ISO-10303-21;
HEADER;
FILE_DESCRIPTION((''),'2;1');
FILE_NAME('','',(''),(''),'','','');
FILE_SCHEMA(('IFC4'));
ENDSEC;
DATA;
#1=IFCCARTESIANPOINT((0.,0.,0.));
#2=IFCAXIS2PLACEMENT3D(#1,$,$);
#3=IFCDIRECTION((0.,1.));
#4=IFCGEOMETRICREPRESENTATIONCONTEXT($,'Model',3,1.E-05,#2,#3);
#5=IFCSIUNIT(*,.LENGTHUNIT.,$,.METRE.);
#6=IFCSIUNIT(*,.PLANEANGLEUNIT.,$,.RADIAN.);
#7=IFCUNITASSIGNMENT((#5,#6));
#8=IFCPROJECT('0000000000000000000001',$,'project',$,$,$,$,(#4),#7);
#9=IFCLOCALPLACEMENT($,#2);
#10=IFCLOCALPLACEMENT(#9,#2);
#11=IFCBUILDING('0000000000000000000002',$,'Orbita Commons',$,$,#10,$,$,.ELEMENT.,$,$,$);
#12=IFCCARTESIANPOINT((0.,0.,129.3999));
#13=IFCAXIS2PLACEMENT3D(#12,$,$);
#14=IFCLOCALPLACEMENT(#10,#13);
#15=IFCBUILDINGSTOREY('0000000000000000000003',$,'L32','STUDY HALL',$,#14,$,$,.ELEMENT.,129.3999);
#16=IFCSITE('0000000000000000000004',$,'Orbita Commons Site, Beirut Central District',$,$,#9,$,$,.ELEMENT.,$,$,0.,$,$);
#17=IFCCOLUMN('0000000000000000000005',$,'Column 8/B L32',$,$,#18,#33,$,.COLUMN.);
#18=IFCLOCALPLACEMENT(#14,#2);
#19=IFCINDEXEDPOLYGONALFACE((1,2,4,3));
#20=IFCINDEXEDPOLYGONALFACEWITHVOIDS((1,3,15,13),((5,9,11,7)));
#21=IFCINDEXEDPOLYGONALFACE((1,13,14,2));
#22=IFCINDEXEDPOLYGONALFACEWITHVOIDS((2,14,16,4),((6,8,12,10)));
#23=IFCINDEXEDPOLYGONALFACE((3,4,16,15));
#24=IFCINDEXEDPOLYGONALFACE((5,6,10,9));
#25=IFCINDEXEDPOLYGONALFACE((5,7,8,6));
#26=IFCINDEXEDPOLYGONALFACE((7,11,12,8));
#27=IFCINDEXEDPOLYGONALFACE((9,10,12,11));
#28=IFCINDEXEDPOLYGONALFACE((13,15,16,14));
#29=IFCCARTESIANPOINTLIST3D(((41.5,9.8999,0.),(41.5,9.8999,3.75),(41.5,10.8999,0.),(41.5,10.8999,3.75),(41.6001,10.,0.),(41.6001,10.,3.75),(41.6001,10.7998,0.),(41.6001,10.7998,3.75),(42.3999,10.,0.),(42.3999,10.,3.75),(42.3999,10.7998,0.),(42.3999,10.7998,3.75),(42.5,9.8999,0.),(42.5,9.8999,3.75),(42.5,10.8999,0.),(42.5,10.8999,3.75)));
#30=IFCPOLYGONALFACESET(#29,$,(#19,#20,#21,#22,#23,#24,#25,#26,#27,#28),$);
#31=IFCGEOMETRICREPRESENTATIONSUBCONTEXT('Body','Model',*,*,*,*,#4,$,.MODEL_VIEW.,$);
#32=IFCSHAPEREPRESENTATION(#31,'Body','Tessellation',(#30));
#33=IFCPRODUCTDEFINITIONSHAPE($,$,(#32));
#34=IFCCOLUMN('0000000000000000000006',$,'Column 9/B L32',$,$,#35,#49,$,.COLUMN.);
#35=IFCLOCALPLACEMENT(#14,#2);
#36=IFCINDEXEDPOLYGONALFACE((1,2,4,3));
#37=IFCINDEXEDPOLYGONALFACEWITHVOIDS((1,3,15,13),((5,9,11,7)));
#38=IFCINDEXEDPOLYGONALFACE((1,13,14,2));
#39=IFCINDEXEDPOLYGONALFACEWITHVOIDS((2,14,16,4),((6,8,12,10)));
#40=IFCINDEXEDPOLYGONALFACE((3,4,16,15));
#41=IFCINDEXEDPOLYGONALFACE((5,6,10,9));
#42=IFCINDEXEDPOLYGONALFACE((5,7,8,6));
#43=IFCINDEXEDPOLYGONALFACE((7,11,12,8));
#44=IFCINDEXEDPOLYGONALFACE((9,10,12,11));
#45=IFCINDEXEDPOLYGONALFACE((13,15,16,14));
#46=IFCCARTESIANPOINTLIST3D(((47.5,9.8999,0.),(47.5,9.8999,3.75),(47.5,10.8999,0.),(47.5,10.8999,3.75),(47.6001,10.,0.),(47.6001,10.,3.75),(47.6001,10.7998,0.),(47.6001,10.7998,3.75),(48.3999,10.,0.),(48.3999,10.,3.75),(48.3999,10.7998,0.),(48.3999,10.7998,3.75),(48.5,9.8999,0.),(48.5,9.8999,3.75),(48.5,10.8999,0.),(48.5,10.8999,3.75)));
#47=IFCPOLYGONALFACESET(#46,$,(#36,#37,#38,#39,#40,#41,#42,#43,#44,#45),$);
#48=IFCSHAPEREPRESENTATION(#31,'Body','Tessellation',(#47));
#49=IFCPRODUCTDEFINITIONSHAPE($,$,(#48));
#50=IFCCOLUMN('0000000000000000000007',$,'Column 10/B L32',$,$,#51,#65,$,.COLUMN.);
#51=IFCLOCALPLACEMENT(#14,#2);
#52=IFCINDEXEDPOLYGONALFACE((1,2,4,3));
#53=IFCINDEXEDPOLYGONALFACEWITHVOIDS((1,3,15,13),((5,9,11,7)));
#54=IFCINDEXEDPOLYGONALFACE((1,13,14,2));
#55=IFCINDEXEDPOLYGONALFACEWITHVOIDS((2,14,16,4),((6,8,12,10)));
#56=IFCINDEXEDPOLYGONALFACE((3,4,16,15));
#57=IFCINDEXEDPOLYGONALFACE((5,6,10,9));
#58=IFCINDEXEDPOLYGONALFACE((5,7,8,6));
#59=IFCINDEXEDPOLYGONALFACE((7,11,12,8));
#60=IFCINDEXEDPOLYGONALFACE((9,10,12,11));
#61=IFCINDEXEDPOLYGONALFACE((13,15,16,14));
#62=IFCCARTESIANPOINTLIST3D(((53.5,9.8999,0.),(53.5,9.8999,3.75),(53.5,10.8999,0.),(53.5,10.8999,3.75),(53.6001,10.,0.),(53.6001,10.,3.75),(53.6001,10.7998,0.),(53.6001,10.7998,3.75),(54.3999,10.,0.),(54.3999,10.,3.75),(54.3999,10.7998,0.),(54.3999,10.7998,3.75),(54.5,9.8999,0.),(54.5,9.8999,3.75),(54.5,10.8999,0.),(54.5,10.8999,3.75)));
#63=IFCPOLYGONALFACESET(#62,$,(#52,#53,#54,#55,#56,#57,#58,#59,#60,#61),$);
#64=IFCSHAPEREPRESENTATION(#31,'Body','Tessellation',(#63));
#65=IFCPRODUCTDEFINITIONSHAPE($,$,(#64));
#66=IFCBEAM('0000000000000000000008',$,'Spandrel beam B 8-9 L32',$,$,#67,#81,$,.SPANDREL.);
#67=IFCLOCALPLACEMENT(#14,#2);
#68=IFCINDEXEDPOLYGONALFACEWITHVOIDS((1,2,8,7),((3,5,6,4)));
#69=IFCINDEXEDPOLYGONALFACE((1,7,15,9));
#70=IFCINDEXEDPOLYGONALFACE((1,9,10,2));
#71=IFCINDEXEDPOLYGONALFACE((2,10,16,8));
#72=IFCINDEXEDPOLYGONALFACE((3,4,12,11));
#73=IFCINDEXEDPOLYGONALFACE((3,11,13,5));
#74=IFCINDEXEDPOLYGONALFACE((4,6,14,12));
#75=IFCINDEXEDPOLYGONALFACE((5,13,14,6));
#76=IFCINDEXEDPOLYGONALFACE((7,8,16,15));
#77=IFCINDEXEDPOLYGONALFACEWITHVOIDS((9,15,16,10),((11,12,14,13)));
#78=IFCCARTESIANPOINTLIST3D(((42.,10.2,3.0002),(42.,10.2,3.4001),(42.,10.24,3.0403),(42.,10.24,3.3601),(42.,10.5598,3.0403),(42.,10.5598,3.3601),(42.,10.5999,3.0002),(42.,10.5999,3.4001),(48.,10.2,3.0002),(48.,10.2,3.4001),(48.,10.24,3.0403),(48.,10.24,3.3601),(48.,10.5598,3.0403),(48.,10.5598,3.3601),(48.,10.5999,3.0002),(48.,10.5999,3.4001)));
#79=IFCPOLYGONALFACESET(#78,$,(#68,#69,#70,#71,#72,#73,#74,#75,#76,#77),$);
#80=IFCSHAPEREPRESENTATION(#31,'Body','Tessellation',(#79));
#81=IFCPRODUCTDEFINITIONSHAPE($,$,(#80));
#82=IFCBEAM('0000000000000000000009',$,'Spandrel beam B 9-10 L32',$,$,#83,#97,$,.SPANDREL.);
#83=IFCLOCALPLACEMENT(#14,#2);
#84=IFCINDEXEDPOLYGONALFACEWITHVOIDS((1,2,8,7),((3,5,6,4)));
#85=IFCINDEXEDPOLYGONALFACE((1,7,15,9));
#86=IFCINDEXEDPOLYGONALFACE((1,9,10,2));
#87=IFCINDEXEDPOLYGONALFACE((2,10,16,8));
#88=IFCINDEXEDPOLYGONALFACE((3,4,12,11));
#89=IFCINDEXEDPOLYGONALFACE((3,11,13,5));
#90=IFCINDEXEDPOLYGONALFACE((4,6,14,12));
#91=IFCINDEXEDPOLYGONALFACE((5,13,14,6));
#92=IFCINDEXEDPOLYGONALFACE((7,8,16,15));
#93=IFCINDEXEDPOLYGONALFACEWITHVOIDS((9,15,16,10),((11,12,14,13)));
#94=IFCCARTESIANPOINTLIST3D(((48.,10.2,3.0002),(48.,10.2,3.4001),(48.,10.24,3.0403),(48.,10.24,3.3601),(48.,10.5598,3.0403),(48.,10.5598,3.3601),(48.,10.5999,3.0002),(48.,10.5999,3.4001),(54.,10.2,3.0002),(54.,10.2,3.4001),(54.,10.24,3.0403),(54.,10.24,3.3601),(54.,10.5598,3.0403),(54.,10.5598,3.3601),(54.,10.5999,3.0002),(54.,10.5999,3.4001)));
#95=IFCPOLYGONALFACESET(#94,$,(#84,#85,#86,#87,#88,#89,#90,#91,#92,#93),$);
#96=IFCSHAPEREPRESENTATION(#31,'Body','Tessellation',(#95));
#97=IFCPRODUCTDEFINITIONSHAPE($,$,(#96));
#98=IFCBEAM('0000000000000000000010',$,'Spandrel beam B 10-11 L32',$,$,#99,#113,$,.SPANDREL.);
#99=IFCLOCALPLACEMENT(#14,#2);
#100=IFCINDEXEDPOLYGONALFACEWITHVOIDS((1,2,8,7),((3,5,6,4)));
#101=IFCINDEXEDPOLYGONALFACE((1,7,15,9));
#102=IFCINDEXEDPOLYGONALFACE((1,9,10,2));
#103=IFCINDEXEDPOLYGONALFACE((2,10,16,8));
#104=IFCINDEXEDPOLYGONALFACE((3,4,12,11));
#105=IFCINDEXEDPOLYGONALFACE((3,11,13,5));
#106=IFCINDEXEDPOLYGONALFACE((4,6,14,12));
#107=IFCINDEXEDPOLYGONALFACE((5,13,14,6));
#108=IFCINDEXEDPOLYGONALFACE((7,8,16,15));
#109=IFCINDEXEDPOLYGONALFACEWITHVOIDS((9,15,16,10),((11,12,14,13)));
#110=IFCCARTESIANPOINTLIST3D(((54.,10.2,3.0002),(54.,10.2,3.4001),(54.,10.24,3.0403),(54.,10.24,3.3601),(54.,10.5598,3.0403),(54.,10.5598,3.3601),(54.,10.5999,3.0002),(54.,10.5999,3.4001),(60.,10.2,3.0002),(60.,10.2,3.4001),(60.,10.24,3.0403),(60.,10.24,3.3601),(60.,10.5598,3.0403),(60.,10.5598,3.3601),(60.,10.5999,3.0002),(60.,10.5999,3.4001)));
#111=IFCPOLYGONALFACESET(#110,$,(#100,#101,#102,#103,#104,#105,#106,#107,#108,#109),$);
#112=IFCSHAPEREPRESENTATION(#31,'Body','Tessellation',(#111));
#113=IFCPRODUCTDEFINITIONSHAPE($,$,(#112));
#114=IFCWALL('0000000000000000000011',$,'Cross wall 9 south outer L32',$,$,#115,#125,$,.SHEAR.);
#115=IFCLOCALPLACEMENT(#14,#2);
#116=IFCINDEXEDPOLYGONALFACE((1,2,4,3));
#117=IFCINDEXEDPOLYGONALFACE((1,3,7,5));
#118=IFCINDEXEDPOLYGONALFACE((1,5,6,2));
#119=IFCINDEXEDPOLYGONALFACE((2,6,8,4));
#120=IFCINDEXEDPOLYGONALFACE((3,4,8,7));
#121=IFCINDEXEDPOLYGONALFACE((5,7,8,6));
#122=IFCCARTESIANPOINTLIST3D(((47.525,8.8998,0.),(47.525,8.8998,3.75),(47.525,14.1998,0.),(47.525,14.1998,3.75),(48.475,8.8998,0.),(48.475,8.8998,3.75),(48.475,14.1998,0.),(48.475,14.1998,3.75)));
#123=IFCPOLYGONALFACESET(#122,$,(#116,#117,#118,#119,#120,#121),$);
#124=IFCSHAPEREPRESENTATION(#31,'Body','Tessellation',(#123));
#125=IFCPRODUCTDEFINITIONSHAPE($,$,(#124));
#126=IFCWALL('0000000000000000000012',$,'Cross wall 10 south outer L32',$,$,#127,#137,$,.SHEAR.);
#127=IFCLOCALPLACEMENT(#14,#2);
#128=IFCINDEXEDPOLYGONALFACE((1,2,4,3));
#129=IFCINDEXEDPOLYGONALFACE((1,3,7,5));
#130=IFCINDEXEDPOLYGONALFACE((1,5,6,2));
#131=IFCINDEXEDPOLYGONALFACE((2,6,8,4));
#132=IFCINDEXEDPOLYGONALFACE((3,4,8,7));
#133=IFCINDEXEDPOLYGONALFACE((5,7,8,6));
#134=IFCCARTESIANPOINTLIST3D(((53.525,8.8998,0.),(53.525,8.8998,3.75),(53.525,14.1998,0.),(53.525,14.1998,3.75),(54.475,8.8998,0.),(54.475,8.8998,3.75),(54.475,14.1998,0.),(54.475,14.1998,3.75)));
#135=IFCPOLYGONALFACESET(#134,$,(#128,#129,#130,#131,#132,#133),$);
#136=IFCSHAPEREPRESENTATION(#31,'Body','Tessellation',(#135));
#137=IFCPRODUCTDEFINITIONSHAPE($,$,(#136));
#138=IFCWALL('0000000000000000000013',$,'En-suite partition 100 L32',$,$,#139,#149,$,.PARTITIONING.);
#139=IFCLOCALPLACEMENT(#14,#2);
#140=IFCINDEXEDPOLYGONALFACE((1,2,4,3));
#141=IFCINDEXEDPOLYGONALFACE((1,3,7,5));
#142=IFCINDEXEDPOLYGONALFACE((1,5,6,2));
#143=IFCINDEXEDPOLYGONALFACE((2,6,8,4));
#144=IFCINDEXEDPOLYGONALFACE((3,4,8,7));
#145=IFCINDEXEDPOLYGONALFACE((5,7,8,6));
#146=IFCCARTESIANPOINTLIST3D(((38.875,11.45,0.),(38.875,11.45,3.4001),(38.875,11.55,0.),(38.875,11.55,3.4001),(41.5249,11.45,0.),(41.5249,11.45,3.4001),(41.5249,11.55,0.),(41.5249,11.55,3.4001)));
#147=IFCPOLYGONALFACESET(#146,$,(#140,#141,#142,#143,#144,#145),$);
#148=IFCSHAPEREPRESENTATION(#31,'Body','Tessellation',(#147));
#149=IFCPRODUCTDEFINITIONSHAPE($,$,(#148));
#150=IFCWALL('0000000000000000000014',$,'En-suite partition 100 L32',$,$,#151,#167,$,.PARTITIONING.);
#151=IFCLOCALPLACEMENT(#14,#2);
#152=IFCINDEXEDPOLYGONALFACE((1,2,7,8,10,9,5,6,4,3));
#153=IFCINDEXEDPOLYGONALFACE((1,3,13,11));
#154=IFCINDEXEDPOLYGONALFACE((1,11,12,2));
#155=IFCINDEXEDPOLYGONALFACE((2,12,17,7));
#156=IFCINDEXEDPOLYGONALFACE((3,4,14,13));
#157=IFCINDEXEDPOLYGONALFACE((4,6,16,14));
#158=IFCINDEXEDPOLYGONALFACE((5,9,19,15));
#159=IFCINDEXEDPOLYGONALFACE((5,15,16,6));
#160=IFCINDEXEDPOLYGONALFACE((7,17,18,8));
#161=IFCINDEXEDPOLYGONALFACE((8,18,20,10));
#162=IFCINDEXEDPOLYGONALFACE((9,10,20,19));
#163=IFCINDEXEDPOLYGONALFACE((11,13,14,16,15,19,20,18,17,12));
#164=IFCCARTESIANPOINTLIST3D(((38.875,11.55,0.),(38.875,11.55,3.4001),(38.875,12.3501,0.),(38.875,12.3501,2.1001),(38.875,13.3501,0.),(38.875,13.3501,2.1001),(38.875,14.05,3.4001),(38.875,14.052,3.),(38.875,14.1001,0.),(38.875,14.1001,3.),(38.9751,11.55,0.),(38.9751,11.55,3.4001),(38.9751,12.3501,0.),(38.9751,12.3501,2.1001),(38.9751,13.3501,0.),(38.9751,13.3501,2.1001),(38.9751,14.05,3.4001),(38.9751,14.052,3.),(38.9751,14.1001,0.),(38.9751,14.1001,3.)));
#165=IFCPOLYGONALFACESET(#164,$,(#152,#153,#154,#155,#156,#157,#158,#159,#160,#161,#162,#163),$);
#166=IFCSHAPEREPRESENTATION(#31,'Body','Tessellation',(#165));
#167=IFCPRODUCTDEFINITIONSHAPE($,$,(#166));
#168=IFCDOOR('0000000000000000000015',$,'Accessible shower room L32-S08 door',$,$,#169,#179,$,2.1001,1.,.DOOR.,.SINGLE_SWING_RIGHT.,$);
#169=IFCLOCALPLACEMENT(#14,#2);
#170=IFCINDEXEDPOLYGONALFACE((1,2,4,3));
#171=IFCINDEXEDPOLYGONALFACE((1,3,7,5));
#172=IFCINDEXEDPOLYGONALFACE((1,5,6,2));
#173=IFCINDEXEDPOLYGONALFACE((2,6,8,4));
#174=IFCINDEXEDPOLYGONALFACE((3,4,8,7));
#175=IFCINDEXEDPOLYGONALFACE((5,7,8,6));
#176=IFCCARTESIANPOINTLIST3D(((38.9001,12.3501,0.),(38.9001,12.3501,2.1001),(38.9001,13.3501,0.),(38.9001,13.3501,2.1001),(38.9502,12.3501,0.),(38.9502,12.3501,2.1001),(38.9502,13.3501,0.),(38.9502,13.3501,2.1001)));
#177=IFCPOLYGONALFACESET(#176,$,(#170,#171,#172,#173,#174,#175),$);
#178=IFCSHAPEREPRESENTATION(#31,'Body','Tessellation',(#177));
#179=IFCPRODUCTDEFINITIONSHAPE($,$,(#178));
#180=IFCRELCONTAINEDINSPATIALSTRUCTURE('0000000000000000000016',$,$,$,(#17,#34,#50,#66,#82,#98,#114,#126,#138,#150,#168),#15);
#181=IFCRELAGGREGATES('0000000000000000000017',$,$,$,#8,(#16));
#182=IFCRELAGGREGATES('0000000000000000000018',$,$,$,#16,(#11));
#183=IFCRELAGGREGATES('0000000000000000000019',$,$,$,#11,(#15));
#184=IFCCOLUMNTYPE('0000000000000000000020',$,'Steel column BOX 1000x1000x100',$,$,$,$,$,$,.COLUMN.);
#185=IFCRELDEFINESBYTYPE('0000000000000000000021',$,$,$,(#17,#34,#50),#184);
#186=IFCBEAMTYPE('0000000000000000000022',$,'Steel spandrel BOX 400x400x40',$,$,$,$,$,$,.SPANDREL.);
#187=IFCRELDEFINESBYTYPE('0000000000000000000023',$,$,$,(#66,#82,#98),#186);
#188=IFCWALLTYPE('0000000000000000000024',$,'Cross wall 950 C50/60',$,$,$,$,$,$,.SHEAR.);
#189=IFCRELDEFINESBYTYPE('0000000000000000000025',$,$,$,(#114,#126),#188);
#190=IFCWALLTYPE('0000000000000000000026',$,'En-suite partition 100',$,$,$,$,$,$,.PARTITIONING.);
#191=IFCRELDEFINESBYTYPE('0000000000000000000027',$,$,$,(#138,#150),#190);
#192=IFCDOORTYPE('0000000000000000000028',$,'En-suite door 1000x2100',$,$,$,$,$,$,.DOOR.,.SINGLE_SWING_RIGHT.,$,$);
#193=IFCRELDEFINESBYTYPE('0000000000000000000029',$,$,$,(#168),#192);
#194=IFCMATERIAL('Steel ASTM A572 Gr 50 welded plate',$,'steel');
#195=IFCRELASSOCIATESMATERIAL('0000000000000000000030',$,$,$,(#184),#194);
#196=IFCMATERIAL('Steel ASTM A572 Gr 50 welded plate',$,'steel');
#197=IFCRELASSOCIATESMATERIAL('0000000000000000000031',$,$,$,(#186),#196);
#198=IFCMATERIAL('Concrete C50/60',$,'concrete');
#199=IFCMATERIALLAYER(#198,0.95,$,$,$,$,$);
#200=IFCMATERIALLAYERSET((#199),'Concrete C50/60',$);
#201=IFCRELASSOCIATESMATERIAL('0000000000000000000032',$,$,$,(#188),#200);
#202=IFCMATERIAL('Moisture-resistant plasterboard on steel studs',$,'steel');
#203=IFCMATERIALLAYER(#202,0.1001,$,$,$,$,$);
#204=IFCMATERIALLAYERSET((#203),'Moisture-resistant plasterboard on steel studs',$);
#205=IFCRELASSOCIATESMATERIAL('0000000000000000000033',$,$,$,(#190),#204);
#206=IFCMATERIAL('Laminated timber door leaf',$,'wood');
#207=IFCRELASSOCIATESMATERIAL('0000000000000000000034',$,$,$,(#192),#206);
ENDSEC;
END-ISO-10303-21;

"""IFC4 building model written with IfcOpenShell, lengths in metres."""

from ifc_helpers import new_model, si_unit, direction, frame, frame_2d, origin, origin_2d, place, context, subcontext, project, spatial, polyline, rectangle, hollow_rectangle, outline, extrude, material, layer, layer_set, material_profile, profile_set, type_object, element, fill, save


model = new_model("IFC4")

# Units and contexts
model_context = context("Model", 3, precision=1e-05, world=origin(), true_north=direction((0.0, 1.0)))
body_context = subcontext(model_context, "Body", "Model", "MODEL_VIEW")
ifc_project = project(units=[si_unit("LENGTHUNIT", "METRE"), si_unit("PLANEANGLEUNIT", "RADIAN")], contexts=[model_context])

# Site, building, storey
site_placement = place(None, origin())
site = spatial("IfcSite", under=ifc_project, at=site_placement, Name="Orbita Commons Site, Beirut Central District", CompositionType="ELEMENT", RefElevation=0.0)
building_placement = place(site_placement, origin())
building = spatial("IfcBuilding", under=site, at=building_placement, Name="Orbita Commons", CompositionType="ELEMENT")
storey_placement = place(building_placement, frame((0.0, 0.0, 129.3999)))
storey = spatial("IfcBuildingStorey", under=building, at=storey_placement, Name="L32", Description="STUDY HALL", CompositionType="ELEMENT", Elevation=129.3999)

# Columns
ifc_material_1 = material(Name="Steel ASTM A572 Gr 50 welded plate", Category="steel")
ifc_material_profile_1 = material_profile(ifc_material_1, hollow_rectangle(XDim=1.0, YDim=1.0, WallThickness=0.1001, at=origin_2d()), Name="BOX 1000x1000x100")
ifc_profile_set_1 = profile_set([ifc_material_profile_1], Name="Steel ASTM A572 Gr 50 welded plate")
column_type = type_object("IfcColumnType", Name="Steel column BOX 1000x1000x100", PredefinedType="COLUMN", material=ifc_profile_set_1)
for number, where, z_axis, x_axis, name in (
    (1, (42.0, 10.3999, 0.0), (0.0, 0.0, 1.0), (1.0, 0.0, 0.0), "Column 8/B L32"),
    (2, (48.0, 10.3999, 0.0), (0.0, 0.0, 1.0), (1.0, 0.0, 0.0), "Column 9/B L32"),
    (3, (54.0, 10.3999, 0.0), (0.0, 0.0, 1.0), (1.0, 0.0, 0.0), "Column 10/B L32"),
):
    element("IfcColumn", number, at=place(storey_placement, frame(where, z_axis=z_axis, x_axis=x_axis)), inside=storey, type_object=column_type, Name=name, PredefinedType="COLUMN", context=body_context, shape_type="SweptSolid", body=[
        extrude(hollow_rectangle(XDim=1.0, YDim=1.0, WallThickness=0.1001, at=origin_2d()), origin(), (0.0, 0.0, 1.0), 3.75),
    ])

# Beams
ifc_material_2 = material(Name="Steel ASTM A572 Gr 50 welded plate", Category="steel")
ifc_material_profile_2 = material_profile(ifc_material_2, hollow_rectangle(XDim=0.3999, YDim=0.3999, WallThickness=0.04, at=origin_2d()), Name="BOX 400x400x40")
ifc_profile_set_2 = profile_set([ifc_material_profile_2], Name="Steel ASTM A572 Gr 50 welded plate")
beam_type = type_object("IfcBeamType", Name="Steel spandrel BOX 400x400x40", PredefinedType="SPANDREL", material=ifc_profile_set_2)
for number, where, z_axis, x_axis, name in (
    (4, (42.0, 10.3999, 3.2002), (1.0, 0.0, 0.0), (0.0, 1.0, 0.0), "Spandrel beam B 8-9 L32"),
    (5, (48.0, 10.3999, 3.2002), (1.0, 0.0, 0.0), (0.0, 1.0, 0.0), "Spandrel beam B 9-10 L32"),
    (6, (54.0, 10.3999, 3.2002), (1.0, 0.0, 0.0), (0.0, 1.0, 0.0), "Spandrel beam B 10-11 L32"),
):
    element("IfcBeam", number, at=place(storey_placement, frame(where, z_axis=z_axis, x_axis=x_axis)), inside=storey, type_object=beam_type, Name=name, PredefinedType="SPANDREL", context=body_context, shape_type="SweptSolid", body=[
        extrude(hollow_rectangle(XDim=0.3999, YDim=0.3999, WallThickness=0.04, at=origin_2d()), origin(), (0.0, 0.0, 1.0), 6.0),
    ])

# Walls
ifc_material_3 = material(Name="Concrete C50/60", Category="concrete")
ifc_layer_1 = layer(ifc_material_3, 0.95)
ifc_layer_set_1 = layer_set([ifc_layer_1], Name="Concrete C50/60")
wall_type_1 = type_object("IfcWallType", Name="Cross wall 950 C50/60", PredefinedType="SHEAR", material=ifc_layer_set_1)
for number, where, z_axis, x_axis, name in (
    (7, (48.0, 8.8999, 0.0), (0.0, 0.0, 1.0), (0.0, 1.0, 0.0), "Cross wall 9 south outer L32"),
    (8, (54.0, 8.8999, 0.0), (0.0, 0.0, 1.0), (0.0, 1.0, 0.0), "Cross wall 10 south outer L32"),
):
    element("IfcWall", number, at=place(storey_placement, frame(where, z_axis=z_axis, x_axis=x_axis)), inside=storey, type_object=wall_type_1, Name=name, PredefinedType="SHEAR", context=body_context, shape_type="SweptSolid", body=[
        extrude(rectangle(XDim=5.3, YDim=0.95, at=frame_2d((2.6499, 0.0))), origin(), (0.0, 0.0, 1.0), 3.75),
    ])
ifc_material_4 = material(Name="Moisture-resistant plasterboard on steel studs", Category="steel")
ifc_layer_2 = layer(ifc_material_4, 0.1001)
ifc_layer_set_2 = layer_set([ifc_layer_2], Name="Moisture-resistant plasterboard on steel studs")
wall_type_2 = type_object("IfcWallType", Name="En-suite partition 100", PredefinedType="PARTITIONING", material=ifc_layer_set_2)
wall_1_placement = place(storey_placement, frame((38.875, 11.5, 0.0), z_axis=(0.0, 0.0, 1.0), x_axis=(1.0, 0.0, 0.0)))
element("IfcWall", 9, at=wall_1_placement, inside=storey, type_object=wall_type_2, Name="En-suite partition 100 L32", PredefinedType="PARTITIONING", context=body_context, shape_type="SweptSolid", body=[
    extrude(rectangle(XDim=2.6499, YDim=0.1001, at=frame_2d((1.325, 0.0))), origin(), (0.0, 0.0, 1.0), 3.4001),
])

# Wall, opening, door
wall_2_placement = place(storey_placement, frame((38.925, 11.55, 0.0), z_axis=(0.0, 0.0, 1.0), x_axis=(0.0, 1.0, 0.0)))
wall_2 = element("IfcWall", 10, at=wall_2_placement, inside=storey, type_object=wall_type_2, Name="En-suite partition 100 L32", PredefinedType="PARTITIONING", context=body_context, shape_type="SweptSolid", body=[
    extrude(outline(polyline([(0.0, 0.0), (2.55, 0.0), (2.55, 3.0), (2.502, 3.0), (2.5, 3.4001), (0.0, 3.4001), (0.0, 0.0)])), frame((0.0, 0.05, 0.0), z_axis=(0.0, -1.0, 0.0), x_axis=(1.0, 0.0, 0.0)), (0.0, 0.0, 1.0), 0.1001),
])
opening_1_placement = place(wall_2_placement, frame((0.8, 0.0, 0.0)))
opening_1 = element("IfcOpeningElement", 11, at=opening_1_placement, cuts=wall_2, PredefinedType="OPENING", context=body_context, shape_type="SweptSolid", body=[
    extrude(rectangle(XDim=1.0, YDim=2.1001, at=frame_2d((0.5, 1.05))), frame((0.0, 0.0601, 0.0), z_axis=(0.0, -1.0, 0.0), x_axis=(1.0, 0.0, 0.0)), (0.0, 0.0, 1.0), 0.1201),
])
ifc_material_5 = material(Name="Laminated timber door leaf", Category="wood")
door_type_1 = type_object("IfcDoorType", Name="En-suite door 1000x2100", OperationType="SINGLE_SWING_RIGHT", PredefinedType="DOOR", material=ifc_material_5)
door_1_placement = place(opening_1_placement, origin())
door_1 = element("IfcDoor", 12, at=door_1_placement, inside=storey, type_object=door_type_1, Name="Accessible shower room L32-S08 door", OperationType="SINGLE_SWING_RIGHT", OverallHeight=2.1001, OverallWidth=1.0, PredefinedType="DOOR", context=body_context, shape_type="SweptSolid", body=[
    extrude(rectangle(XDim=1.0, YDim=2.1001, at=frame_2d((0.5, 1.05))), frame((0.0, 0.0249, 0.0), z_axis=(0.0, -1.0, 0.0), x_axis=(1.0, 0.0, 0.0)), (0.0, 0.0, 1.0), 0.05),
])
fill(opening_1, door_1)

save(model, "model.ifc")
